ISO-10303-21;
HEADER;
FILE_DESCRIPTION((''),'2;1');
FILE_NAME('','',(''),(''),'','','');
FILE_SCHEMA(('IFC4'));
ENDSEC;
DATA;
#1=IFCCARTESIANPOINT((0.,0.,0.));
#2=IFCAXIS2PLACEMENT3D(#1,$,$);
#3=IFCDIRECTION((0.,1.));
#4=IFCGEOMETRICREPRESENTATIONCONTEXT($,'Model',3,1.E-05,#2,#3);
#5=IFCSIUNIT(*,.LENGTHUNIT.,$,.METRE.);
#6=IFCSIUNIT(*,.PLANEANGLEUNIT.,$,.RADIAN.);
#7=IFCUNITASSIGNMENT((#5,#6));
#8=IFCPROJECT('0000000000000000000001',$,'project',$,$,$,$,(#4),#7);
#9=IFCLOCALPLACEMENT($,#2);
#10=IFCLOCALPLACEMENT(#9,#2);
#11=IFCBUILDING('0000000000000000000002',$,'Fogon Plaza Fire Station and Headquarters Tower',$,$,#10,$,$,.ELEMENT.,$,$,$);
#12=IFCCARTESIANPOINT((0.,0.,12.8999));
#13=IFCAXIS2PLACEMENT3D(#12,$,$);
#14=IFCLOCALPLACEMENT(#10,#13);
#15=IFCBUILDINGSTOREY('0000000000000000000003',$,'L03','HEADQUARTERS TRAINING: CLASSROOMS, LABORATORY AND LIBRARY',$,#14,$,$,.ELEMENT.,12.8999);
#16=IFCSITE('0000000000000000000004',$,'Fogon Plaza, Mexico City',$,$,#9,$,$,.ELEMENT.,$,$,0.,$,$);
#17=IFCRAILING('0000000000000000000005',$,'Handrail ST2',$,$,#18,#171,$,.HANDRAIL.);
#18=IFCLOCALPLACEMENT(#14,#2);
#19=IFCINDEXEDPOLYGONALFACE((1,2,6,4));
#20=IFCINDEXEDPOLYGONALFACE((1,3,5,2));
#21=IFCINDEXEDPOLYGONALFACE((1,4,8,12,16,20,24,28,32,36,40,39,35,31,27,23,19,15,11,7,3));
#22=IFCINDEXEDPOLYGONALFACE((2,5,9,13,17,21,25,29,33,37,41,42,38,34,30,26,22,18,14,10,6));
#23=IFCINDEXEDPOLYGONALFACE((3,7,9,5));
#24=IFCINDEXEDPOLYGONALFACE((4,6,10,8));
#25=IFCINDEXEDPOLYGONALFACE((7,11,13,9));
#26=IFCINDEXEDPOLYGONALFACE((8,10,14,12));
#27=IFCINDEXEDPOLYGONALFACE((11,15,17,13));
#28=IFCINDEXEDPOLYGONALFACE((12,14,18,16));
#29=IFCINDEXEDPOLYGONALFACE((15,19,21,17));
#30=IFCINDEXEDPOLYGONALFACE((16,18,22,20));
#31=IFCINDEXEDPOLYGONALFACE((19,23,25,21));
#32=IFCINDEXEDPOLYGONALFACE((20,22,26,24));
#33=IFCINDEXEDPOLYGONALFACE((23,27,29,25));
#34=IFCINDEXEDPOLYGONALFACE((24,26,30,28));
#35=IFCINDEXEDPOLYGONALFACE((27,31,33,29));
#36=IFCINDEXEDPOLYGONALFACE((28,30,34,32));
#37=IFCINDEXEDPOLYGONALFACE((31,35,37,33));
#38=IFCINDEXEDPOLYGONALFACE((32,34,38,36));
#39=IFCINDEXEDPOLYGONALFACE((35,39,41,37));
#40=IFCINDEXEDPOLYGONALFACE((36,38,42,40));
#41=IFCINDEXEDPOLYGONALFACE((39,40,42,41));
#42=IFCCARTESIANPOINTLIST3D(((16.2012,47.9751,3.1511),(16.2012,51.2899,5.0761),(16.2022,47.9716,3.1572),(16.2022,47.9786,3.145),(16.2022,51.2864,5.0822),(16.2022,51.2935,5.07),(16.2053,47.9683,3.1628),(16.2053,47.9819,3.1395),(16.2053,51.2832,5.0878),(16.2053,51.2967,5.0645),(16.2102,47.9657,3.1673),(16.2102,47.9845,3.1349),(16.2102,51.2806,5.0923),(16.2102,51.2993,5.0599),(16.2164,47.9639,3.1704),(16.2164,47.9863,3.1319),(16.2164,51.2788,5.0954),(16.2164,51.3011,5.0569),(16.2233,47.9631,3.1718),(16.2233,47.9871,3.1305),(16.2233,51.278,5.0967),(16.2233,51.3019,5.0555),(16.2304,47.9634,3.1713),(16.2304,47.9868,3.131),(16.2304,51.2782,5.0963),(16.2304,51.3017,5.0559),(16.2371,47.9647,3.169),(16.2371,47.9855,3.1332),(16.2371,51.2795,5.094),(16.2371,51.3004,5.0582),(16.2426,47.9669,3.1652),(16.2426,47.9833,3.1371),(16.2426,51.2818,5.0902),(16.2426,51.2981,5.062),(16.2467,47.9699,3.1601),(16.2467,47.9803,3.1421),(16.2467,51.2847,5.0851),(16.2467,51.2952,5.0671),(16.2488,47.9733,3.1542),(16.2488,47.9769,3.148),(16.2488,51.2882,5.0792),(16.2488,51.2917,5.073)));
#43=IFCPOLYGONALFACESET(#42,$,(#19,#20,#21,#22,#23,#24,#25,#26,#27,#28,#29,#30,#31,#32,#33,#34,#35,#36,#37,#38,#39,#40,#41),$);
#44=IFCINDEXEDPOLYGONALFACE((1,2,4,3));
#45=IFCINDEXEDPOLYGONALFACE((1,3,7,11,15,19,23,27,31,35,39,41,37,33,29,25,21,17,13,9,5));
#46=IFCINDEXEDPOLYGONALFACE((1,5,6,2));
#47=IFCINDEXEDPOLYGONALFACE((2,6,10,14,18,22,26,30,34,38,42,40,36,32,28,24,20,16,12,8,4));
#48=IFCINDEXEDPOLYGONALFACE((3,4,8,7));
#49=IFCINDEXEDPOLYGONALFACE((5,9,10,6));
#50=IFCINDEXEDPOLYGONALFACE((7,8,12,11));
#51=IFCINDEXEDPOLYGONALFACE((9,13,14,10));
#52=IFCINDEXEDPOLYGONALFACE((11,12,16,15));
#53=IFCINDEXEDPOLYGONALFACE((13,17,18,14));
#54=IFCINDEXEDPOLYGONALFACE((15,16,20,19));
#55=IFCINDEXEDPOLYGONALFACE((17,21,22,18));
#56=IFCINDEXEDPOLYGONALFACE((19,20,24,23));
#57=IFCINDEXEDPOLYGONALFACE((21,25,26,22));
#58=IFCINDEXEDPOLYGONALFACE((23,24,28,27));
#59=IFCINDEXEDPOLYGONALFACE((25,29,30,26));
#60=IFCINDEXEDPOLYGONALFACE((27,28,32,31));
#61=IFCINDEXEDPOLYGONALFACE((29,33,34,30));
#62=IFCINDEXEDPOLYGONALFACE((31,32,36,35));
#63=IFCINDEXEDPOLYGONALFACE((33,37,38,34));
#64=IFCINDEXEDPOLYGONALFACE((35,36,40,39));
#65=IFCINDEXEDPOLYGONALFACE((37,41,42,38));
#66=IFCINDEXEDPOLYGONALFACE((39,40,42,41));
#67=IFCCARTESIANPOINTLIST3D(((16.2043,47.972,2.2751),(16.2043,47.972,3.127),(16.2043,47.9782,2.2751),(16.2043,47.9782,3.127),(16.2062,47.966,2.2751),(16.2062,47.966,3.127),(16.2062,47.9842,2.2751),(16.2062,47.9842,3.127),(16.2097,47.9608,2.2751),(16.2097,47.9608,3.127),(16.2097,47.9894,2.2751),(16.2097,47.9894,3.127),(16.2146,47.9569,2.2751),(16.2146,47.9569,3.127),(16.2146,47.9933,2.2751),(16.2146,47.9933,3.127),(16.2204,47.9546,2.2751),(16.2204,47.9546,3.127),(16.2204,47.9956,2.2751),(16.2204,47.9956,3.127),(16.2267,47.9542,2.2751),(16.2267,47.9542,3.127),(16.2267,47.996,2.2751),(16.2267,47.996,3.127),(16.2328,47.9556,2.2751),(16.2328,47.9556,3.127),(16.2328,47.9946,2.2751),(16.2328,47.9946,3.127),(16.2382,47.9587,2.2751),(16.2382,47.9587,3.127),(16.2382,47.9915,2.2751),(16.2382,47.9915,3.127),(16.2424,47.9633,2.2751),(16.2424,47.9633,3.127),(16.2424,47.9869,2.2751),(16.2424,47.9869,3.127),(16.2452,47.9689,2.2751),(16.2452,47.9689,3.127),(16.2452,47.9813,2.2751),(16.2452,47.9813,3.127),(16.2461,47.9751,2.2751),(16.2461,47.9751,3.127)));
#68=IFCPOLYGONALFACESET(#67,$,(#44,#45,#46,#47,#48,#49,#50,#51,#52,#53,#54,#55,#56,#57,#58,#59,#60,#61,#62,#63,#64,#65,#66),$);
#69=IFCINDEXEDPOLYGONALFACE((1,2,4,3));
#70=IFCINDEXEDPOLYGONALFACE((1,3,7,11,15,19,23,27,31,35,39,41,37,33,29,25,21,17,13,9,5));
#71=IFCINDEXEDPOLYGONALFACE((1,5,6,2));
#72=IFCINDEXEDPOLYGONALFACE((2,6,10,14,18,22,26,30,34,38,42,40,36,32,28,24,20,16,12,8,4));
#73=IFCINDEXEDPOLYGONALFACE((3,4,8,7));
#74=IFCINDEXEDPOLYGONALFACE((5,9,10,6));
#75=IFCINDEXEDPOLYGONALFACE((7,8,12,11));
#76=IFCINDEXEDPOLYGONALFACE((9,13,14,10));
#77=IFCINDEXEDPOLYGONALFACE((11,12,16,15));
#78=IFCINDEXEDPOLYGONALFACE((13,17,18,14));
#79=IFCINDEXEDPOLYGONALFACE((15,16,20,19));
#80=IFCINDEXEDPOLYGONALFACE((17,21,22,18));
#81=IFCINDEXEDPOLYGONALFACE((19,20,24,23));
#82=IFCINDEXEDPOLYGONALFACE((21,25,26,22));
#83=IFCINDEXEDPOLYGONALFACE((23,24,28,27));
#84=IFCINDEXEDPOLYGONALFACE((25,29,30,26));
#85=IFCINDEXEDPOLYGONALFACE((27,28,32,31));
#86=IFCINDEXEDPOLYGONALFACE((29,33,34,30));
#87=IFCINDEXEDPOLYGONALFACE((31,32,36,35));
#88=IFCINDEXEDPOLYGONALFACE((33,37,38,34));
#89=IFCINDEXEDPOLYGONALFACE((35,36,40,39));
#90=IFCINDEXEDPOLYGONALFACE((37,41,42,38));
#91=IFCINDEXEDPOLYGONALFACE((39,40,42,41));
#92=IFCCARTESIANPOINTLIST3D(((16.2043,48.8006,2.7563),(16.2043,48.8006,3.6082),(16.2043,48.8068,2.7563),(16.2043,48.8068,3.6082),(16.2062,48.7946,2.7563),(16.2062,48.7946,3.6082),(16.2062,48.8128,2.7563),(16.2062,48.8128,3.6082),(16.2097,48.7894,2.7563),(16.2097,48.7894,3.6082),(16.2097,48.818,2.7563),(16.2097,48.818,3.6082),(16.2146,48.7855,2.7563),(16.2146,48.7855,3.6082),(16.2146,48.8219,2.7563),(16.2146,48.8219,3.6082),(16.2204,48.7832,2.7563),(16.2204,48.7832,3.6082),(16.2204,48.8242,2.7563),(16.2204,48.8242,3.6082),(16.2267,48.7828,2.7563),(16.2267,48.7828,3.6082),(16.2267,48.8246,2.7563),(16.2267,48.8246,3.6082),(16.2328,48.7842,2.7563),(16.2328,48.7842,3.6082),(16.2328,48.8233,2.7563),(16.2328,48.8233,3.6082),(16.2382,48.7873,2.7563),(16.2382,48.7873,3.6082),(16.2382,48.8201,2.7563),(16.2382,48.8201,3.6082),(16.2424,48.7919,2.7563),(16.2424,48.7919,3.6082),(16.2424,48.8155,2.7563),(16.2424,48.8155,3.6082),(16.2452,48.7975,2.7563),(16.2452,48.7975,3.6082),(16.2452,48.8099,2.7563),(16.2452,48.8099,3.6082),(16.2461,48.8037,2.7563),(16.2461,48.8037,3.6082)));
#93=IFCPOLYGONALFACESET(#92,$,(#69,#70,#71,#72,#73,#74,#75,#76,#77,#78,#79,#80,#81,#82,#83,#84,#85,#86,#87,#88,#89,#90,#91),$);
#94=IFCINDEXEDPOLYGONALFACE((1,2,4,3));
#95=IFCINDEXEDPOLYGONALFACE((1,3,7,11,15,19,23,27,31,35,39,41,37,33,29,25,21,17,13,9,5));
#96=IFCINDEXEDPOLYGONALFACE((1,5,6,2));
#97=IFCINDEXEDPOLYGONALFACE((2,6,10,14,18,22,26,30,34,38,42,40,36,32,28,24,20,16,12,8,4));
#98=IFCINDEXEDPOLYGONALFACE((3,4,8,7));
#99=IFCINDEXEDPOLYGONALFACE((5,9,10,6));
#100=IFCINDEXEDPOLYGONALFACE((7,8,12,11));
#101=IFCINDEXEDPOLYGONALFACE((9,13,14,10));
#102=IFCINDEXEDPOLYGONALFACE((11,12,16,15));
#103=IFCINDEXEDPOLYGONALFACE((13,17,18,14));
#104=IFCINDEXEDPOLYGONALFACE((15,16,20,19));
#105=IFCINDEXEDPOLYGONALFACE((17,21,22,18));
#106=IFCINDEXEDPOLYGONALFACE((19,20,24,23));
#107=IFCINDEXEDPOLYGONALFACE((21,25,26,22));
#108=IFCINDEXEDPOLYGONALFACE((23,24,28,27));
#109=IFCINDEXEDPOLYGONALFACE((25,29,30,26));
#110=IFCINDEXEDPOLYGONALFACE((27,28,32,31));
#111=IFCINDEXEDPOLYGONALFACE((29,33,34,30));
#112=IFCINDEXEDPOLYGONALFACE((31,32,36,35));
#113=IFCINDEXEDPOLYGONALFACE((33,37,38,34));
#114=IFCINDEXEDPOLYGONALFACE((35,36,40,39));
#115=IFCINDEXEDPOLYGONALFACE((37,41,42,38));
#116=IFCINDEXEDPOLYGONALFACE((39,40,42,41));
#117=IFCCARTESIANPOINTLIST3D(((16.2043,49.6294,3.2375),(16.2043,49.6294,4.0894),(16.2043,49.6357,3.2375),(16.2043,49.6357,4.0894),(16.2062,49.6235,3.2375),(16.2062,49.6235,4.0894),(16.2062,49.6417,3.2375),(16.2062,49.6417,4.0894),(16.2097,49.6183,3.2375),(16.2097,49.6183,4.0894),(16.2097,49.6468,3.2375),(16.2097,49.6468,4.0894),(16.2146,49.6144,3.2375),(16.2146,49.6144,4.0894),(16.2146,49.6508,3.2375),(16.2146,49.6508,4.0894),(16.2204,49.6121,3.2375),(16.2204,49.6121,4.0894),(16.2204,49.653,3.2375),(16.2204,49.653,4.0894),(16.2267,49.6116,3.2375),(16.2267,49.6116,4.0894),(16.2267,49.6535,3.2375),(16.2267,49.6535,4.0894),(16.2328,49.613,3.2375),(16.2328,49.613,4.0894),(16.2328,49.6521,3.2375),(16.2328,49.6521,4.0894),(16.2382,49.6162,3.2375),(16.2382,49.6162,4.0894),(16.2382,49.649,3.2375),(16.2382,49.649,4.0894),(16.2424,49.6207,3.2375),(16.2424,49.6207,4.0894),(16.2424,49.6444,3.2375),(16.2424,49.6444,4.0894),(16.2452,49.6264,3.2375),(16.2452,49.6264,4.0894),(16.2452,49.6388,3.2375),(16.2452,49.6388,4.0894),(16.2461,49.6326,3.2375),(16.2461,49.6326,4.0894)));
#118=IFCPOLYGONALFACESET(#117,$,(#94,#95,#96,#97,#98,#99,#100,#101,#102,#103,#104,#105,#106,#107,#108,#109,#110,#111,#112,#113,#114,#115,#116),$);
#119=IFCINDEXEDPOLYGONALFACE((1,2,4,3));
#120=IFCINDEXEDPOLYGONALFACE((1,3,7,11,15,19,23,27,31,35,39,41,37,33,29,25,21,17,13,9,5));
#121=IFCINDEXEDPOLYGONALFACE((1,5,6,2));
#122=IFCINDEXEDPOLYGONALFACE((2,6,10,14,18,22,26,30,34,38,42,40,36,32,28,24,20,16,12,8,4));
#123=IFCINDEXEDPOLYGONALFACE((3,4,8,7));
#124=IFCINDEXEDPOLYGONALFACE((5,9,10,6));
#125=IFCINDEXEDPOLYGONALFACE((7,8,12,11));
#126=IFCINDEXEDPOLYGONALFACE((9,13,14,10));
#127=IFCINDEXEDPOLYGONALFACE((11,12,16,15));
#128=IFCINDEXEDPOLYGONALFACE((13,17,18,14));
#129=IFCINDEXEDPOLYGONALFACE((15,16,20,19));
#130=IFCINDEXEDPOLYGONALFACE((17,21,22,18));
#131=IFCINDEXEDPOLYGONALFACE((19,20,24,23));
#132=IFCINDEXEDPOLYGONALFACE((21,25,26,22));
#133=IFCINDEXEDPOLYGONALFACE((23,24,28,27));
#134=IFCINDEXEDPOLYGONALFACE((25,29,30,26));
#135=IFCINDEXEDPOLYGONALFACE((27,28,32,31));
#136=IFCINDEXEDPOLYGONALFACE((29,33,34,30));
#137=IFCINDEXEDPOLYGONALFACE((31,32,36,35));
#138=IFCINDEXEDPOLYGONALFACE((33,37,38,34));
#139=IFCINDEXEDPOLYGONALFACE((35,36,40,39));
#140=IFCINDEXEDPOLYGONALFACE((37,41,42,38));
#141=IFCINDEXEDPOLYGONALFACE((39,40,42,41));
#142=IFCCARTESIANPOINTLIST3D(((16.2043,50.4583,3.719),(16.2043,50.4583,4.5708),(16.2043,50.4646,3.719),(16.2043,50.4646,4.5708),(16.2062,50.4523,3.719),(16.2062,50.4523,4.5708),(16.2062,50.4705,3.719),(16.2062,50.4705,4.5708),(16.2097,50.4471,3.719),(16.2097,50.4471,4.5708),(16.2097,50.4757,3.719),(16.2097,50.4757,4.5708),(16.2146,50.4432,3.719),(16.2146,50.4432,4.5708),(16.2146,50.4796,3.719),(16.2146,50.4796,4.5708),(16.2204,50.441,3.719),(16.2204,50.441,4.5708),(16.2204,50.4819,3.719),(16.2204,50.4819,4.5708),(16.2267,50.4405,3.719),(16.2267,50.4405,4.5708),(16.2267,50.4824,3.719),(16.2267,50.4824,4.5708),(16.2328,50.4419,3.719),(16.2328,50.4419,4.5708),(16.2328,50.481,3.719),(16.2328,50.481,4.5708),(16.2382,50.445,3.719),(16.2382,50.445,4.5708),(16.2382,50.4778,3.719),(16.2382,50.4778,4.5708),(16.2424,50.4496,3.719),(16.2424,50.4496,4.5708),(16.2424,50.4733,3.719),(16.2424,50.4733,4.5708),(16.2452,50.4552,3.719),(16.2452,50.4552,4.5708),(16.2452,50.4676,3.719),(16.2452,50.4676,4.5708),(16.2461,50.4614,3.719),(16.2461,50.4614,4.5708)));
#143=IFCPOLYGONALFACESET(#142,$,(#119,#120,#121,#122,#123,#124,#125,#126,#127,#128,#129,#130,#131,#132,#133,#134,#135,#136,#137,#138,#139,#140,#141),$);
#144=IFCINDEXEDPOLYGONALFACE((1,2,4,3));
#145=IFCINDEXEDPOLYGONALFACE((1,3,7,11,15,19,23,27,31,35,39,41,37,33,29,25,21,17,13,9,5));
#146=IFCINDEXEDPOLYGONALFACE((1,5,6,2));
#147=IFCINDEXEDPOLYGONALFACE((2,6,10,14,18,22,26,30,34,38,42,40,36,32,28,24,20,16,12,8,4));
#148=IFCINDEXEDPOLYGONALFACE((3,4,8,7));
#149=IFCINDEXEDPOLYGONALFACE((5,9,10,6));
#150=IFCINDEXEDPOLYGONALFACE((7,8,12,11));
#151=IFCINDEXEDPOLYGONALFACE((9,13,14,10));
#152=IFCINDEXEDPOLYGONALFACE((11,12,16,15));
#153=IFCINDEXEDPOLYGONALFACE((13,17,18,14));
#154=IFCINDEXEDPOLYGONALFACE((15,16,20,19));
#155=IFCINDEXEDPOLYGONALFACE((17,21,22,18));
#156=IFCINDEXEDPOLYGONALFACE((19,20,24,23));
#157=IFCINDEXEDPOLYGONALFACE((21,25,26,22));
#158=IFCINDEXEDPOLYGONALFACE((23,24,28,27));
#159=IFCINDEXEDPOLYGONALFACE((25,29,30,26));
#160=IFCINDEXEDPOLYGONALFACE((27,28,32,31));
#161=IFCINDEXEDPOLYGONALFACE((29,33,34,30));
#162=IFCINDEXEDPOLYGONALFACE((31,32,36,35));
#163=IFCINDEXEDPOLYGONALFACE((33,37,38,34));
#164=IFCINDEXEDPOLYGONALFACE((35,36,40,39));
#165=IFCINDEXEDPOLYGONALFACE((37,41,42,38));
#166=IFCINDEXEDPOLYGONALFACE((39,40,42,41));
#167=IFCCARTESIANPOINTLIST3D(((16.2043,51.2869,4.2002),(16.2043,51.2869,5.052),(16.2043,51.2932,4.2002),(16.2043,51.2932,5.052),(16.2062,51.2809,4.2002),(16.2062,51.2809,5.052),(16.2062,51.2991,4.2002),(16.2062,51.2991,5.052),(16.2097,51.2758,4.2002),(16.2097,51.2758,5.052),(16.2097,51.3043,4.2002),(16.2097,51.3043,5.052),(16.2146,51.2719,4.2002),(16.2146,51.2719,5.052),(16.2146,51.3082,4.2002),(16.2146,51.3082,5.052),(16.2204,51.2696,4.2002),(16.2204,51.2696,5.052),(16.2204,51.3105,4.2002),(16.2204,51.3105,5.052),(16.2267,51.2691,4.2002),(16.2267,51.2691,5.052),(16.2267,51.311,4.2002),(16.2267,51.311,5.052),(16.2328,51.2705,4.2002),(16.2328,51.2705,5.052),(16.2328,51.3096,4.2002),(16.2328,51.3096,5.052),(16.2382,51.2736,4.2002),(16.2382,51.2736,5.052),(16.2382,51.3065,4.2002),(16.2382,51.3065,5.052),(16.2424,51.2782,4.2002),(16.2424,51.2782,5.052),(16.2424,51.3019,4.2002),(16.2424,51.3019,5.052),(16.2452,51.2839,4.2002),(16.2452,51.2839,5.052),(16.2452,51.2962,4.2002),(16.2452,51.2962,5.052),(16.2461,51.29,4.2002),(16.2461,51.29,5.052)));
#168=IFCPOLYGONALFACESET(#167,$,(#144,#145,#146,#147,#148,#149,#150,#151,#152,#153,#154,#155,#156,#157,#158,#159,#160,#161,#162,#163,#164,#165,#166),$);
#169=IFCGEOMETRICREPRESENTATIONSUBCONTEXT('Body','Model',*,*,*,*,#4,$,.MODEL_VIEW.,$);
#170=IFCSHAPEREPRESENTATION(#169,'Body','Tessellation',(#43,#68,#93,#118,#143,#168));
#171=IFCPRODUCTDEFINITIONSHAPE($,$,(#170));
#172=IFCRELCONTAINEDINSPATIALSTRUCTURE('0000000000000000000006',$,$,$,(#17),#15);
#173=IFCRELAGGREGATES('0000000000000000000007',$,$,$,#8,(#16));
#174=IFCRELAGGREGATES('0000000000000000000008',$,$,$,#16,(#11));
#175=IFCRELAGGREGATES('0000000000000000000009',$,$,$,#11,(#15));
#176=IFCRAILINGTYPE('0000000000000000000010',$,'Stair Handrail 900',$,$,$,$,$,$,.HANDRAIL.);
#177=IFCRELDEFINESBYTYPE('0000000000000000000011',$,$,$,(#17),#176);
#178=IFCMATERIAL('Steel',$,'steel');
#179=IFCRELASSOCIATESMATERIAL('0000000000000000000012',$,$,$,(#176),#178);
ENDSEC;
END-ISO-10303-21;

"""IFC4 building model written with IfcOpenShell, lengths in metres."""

from ifc_helpers import new_model, si_unit, direction, frame, origin, origin_2d, place, context, subcontext, project, spatial, circle, extrude, material, type_object, element, save


model = new_model("IFC4")

# Units and contexts
model_context = context("Model", 3, precision=1e-05, world=origin(), true_north=direction((0.0, 1.0)))
body_context = subcontext(model_context, "Body", "Model", "MODEL_VIEW")
ifc_project = project(units=[si_unit("LENGTHUNIT", "METRE"), si_unit("PLANEANGLEUNIT", "RADIAN")], contexts=[model_context])

# Site, building, storey
site_placement = place(None, origin())
site = spatial("IfcSite", under=ifc_project, at=site_placement, Name="Fogon Plaza, Mexico City", CompositionType="ELEMENT", RefElevation=0.0)
building_placement = place(site_placement, origin())
building = spatial("IfcBuilding", under=site, at=building_placement, Name="Fogon Plaza Fire Station and Headquarters Tower", CompositionType="ELEMENT")
storey_placement = place(building_placement, frame((0.0, 0.0, 12.8999)))
storey = spatial("IfcBuildingStorey", under=building, at=storey_placement, Name="L03", Description="HEADQUARTERS TRAINING: CLASSROOMS, LABORATORY AND LIBRARY", CompositionType="ELEMENT", Elevation=12.8999)

# Railing
ifc_material_1 = material(Name="Steel", Category="steel")
railing_type = type_object("IfcRailingType", Name="Stair Handrail 900", PredefinedType="HANDRAIL", material=ifc_material_1)
for number, where, name in (
    (1, (16.2251, 47.9751, 2.2751), "Handrail ST2"),
):
    element("IfcRailing", number, at=place(storey_placement, frame(where)), inside=storey, type_object=railing_type, Name=name, PredefinedType="HANDRAIL", context=body_context, shape_type="SweptSolid", body=[
        extrude(circle(Radius=0.0239, at=origin_2d()), frame((0.0, 0.0, 0.876), z_axis=(0.0, 0.864761, 0.502183), x_axis=(-1.0, 0.0, 0.0)), (0.0, 0.0, 1.0), 3.8333),
        extrude(circle(Radius=0.021, at=origin_2d()), origin(), (0.0, 0.0, 1.0), 0.8518),
        extrude(circle(Radius=0.021, at=origin_2d()), frame((0.0, 0.8286, 0.4812)), (0.0, 0.0, 1.0), 0.8518),
        extrude(circle(Radius=0.021, at=origin_2d()), frame((0.0, 1.6575, 0.9624)), (0.0, 0.0, 1.0), 0.8518),
        extrude(circle(Radius=0.021, at=origin_2d()), frame((0.0, 2.4863, 1.4438)), (0.0, 0.0, 1.0), 0.8518),
        extrude(circle(Radius=0.021, at=origin_2d()), frame((0.0, 3.3149, 1.925)), (0.0, 0.0, 1.0), 0.8518),
    ])

save(model, "model.ifc")
